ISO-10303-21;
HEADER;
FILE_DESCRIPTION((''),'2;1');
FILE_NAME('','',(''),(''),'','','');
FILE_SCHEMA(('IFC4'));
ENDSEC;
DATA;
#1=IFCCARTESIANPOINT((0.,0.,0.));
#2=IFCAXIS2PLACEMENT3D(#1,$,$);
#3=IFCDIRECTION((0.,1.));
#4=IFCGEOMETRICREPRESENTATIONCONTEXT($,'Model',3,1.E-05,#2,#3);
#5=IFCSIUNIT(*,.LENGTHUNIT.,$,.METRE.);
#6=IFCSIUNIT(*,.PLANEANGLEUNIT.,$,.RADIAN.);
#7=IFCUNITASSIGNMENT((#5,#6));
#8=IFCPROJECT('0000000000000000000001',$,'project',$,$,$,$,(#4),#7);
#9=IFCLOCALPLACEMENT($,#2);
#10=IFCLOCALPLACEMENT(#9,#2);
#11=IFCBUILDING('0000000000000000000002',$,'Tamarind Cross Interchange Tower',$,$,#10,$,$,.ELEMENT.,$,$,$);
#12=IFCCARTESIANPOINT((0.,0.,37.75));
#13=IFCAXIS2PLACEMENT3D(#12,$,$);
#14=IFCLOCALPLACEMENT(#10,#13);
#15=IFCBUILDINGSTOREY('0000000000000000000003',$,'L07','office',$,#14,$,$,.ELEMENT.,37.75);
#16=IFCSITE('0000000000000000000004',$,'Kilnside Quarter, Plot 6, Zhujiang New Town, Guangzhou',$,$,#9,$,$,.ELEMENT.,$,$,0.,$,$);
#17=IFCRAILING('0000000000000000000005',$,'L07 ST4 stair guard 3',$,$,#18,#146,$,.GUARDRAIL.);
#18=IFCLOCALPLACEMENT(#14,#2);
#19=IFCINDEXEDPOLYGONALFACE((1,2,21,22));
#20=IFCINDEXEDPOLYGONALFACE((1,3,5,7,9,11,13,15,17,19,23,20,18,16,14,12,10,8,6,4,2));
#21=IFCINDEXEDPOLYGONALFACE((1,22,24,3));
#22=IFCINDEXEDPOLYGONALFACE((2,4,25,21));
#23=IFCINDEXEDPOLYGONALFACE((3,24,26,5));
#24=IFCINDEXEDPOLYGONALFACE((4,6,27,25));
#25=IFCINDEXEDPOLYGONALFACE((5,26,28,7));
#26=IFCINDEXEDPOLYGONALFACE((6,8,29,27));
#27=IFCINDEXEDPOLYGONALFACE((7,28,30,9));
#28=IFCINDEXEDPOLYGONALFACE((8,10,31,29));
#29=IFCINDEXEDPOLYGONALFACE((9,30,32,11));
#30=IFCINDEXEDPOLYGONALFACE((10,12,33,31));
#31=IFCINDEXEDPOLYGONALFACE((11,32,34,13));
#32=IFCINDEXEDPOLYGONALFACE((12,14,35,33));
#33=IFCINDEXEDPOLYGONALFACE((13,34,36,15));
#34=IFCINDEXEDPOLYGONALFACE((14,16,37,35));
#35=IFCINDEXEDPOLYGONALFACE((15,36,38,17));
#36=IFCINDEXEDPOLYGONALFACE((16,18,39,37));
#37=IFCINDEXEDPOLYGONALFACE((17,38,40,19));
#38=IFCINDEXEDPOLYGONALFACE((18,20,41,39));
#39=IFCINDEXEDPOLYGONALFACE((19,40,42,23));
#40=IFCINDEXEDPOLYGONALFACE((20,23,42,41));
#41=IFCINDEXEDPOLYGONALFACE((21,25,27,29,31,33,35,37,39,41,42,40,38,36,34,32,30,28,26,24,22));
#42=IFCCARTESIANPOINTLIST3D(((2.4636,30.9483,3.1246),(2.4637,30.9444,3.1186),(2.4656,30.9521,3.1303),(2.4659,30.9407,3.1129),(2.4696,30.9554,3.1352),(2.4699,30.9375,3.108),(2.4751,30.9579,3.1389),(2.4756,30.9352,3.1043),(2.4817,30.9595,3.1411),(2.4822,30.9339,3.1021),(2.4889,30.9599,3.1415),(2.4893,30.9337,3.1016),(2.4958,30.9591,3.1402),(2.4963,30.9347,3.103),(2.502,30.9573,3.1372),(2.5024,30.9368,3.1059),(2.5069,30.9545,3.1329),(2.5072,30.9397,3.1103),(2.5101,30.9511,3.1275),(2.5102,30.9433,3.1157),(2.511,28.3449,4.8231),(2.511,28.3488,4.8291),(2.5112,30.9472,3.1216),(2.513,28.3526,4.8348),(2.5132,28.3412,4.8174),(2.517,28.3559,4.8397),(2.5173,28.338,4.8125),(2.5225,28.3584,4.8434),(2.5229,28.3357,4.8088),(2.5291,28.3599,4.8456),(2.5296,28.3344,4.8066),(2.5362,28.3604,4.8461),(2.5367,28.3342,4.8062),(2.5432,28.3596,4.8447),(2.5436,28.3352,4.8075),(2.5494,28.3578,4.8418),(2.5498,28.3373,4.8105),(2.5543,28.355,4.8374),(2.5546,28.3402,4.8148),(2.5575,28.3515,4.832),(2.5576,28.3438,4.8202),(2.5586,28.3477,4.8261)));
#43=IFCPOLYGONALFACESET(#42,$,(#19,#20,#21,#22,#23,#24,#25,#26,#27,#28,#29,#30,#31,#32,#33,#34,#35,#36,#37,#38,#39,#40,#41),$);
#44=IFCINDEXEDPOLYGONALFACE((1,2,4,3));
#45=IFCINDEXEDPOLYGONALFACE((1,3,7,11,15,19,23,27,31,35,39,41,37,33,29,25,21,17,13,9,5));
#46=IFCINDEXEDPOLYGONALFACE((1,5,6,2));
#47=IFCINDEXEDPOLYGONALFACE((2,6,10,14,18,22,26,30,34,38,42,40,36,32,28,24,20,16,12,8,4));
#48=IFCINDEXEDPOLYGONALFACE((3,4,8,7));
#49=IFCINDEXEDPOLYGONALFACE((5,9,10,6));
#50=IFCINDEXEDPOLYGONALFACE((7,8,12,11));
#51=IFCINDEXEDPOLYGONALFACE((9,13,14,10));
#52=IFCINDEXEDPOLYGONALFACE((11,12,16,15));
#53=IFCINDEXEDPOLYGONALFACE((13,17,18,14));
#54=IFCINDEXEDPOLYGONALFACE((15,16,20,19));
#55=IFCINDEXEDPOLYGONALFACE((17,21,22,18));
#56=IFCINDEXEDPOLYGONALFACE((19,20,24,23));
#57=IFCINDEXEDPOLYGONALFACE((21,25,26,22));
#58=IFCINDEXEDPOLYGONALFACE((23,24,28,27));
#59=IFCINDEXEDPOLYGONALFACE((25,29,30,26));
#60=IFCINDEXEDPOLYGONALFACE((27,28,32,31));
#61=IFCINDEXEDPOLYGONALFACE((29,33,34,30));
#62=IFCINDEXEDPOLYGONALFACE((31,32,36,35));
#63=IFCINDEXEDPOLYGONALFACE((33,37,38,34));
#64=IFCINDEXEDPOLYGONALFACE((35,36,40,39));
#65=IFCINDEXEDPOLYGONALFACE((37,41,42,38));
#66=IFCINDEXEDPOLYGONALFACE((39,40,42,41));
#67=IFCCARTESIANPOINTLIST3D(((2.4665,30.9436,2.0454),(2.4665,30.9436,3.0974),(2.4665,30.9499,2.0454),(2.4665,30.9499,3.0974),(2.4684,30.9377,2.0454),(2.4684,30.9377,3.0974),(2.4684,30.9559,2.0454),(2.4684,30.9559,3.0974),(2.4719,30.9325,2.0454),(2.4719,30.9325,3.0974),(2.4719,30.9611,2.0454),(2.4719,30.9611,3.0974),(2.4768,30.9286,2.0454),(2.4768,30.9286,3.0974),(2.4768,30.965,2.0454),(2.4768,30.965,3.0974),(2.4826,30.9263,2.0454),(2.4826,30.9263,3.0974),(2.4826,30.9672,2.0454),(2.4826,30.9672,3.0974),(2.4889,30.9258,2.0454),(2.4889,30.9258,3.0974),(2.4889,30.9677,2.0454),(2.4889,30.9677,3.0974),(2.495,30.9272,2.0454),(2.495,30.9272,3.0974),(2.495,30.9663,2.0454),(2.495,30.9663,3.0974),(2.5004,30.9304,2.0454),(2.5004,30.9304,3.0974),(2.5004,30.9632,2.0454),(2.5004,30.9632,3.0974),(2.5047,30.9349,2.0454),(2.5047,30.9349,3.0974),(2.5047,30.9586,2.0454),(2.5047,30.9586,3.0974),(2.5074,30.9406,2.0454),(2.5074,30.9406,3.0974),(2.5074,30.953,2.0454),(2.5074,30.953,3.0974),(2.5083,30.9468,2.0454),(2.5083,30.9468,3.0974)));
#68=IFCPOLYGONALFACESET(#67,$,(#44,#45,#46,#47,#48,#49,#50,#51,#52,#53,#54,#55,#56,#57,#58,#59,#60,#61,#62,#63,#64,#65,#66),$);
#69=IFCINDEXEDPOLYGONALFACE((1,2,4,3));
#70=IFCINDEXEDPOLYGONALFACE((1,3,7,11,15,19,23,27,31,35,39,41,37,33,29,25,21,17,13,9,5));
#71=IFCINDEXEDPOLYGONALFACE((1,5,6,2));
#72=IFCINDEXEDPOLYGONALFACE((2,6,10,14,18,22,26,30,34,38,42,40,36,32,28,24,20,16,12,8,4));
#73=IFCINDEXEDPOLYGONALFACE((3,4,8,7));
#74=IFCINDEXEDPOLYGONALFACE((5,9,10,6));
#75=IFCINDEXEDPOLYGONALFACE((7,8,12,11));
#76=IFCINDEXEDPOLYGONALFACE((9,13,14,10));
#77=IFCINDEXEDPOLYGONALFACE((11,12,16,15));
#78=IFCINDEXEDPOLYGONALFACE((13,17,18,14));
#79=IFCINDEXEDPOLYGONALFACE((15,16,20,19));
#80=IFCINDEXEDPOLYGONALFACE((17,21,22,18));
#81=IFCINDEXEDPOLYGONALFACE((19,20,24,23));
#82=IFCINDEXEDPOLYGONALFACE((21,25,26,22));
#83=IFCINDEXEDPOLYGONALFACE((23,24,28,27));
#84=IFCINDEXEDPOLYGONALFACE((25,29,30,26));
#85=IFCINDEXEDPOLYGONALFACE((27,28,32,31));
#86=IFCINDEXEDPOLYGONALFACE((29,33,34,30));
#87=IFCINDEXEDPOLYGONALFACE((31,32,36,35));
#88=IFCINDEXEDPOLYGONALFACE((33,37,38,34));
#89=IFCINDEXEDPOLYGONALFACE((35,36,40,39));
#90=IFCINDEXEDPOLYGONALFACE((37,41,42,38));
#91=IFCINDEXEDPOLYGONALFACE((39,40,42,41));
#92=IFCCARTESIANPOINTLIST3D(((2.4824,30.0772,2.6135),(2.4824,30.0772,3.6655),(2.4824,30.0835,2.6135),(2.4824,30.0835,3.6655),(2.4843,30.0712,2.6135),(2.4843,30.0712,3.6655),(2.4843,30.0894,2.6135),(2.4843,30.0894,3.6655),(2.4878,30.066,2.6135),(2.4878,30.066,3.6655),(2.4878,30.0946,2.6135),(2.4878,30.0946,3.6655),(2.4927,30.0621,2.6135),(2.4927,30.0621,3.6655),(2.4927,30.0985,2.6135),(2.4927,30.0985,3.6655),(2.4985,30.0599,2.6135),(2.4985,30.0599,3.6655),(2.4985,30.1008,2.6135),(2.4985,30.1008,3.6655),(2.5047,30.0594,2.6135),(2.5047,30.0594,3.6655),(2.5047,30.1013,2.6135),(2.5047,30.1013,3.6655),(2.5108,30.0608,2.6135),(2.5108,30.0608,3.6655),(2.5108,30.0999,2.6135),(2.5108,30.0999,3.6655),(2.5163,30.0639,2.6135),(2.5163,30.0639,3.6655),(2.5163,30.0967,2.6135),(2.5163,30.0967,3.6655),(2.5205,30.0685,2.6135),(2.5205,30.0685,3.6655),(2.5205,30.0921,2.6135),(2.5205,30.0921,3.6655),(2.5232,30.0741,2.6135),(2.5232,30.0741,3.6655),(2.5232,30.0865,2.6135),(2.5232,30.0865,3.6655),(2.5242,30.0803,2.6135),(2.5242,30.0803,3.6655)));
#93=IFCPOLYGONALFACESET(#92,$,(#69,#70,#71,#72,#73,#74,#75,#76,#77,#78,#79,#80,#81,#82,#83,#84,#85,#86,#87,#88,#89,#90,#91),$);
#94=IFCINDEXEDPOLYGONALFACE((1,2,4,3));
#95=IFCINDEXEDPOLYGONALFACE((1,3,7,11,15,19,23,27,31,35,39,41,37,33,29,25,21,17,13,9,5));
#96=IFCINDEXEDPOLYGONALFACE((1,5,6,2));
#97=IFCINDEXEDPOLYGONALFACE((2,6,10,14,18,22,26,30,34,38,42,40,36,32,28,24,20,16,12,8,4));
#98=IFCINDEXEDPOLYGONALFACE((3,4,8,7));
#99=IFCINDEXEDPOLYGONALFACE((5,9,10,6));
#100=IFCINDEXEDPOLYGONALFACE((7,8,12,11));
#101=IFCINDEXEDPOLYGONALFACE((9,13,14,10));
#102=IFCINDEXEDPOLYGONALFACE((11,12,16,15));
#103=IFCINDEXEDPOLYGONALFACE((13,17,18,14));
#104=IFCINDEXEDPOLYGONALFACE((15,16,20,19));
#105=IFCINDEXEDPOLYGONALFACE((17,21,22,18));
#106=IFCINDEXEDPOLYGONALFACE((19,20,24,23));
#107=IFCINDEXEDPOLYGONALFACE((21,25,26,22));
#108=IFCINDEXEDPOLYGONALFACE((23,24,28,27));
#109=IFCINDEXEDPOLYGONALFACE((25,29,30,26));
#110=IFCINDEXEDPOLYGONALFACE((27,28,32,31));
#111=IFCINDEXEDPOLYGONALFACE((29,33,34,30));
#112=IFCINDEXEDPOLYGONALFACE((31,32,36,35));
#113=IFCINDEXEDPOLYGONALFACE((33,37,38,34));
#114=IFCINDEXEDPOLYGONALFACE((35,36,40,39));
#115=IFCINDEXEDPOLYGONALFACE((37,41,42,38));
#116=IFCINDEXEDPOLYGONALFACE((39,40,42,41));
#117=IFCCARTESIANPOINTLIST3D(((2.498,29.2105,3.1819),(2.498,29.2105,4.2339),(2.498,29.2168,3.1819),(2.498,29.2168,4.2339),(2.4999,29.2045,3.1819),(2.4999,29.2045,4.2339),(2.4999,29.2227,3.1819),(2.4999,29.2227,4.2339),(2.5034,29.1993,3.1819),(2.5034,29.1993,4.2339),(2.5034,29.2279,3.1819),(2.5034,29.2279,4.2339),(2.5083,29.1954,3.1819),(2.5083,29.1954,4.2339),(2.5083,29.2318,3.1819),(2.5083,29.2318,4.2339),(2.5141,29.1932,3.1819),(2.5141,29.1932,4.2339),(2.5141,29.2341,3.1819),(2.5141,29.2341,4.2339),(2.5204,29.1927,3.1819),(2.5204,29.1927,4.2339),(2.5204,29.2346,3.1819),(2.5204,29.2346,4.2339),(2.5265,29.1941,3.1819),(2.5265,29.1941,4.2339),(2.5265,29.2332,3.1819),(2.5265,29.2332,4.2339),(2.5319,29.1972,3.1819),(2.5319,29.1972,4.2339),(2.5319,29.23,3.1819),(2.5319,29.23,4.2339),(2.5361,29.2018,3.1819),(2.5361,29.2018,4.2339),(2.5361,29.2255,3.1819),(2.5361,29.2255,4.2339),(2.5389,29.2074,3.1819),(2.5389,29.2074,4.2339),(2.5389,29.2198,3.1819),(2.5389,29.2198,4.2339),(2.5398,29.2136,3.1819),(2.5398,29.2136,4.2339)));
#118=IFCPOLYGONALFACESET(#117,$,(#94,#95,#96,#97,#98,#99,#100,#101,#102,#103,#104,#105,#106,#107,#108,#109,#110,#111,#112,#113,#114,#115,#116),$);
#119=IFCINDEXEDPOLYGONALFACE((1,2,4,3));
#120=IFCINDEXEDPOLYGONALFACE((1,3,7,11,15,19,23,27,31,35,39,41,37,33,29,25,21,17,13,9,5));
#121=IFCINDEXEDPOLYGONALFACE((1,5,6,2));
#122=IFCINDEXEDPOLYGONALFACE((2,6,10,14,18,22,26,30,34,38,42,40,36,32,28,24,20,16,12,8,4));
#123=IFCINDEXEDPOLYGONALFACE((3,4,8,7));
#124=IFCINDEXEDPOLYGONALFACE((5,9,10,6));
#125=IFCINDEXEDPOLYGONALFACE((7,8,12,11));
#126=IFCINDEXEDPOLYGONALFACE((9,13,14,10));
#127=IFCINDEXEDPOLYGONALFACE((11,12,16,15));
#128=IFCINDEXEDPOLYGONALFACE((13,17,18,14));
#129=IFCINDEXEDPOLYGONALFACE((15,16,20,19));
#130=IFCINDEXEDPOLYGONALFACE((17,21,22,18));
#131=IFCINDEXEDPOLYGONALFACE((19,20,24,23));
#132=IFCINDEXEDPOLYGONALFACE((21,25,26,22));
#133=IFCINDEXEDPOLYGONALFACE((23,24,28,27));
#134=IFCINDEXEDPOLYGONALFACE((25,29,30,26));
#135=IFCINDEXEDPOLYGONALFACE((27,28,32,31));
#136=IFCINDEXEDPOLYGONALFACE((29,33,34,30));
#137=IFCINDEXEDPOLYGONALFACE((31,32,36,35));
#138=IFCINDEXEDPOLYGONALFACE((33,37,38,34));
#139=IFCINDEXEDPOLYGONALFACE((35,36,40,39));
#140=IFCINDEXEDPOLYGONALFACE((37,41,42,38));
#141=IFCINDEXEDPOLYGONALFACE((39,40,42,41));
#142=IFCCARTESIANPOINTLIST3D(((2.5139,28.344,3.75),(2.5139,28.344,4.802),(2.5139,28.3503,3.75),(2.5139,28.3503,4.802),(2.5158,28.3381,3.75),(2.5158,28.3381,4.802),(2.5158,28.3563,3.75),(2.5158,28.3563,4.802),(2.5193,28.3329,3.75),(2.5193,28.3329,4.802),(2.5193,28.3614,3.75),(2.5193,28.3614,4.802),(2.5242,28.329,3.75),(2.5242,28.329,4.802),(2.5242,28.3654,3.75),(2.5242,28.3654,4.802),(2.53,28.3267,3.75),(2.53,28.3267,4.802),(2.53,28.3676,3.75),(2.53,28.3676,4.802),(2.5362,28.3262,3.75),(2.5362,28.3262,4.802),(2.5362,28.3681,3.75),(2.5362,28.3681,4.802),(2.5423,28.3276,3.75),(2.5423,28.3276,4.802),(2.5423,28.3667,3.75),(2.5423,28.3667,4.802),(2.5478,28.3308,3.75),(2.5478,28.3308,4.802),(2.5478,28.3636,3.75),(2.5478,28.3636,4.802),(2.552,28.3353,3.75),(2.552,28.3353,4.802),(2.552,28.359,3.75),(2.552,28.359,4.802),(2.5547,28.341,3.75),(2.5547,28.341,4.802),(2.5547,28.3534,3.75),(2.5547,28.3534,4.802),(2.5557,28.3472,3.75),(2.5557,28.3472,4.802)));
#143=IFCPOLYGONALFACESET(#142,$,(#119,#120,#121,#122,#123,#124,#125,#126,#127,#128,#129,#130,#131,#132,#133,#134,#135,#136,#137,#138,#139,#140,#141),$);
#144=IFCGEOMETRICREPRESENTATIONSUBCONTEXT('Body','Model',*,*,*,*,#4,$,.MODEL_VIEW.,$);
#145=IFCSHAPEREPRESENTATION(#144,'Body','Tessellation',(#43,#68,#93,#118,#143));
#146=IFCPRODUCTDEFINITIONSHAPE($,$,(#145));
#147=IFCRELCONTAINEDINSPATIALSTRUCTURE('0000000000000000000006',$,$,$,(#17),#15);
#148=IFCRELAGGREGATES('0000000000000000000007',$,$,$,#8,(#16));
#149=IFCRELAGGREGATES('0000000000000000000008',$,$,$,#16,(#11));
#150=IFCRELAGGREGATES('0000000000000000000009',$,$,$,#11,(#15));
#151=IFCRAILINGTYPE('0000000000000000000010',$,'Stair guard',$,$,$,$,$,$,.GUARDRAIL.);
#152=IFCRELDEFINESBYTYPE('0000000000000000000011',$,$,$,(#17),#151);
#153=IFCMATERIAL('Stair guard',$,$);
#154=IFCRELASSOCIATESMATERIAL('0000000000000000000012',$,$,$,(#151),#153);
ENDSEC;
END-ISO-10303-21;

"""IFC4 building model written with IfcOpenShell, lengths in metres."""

from ifc_helpers import new_model, si_unit, direction, frame, origin, origin_2d, place, context, subcontext, project, spatial, circle, extrude, material, type_object, element, save


model = new_model("IFC4")

# Units and contexts
model_context = context("Model", 3, precision=1e-05, world=origin(), true_north=direction((0.0, 1.0)))
body_context = subcontext(model_context, "Body", "Model", "MODEL_VIEW")
ifc_project = project(units=[si_unit("LENGTHUNIT", "METRE"), si_unit("PLANEANGLEUNIT", "RADIAN")], contexts=[model_context])

# Site, building, storey
site_placement = place(None, origin())
site = spatial("IfcSite", under=ifc_project, at=site_placement, Name="Kilnside Quarter, Plot 6, Zhujiang New Town, Guangzhou", CompositionType="ELEMENT", RefElevation=0.0)
building_placement = place(site_placement, origin())
building = spatial("IfcBuilding", under=site, at=building_placement, Name="Tamarind Cross Interchange Tower", CompositionType="ELEMENT")
storey_placement = place(building_placement, frame((0.0, 0.0, 37.75)))
storey = spatial("IfcBuildingStorey", under=building, at=storey_placement, Name="L07", Description="office", CompositionType="ELEMENT", Elevation=37.75)

# Railing
ifc_material_1 = material(Name="Stair guard")
railing_type_1 = type_object("IfcRailingType", Name="Stair guard", PredefinedType="GUARDRAIL", material=ifc_material_1)
railing_1_placement = place(storey_placement, frame((2.4873, 30.9468, 2.0454)))
element("IfcRailing", 1, at=railing_1_placement, inside=storey, type_object=railing_type_1, Name="L07 ST4 stair guard 3", PredefinedType="GUARDRAIL", context=body_context, shape_type="SweptSolid", body=[
    extrude(circle(Radius=0.0239, at=origin_2d()), frame((0.0, 0.0, 1.0762), z_axis=(0.015234, -0.836158, 0.548277), x_axis=(0.999834, 0.018216, 0.0)), (0.0, 0.0, 1.0), 3.1089),
    extrude(circle(Radius=0.021, at=origin_2d()), origin(), (0.0, 0.0, 1.0), 1.052),
    extrude(circle(Radius=0.021, at=origin_2d()), frame((0.0159, -0.8665, 0.5681)), (0.0, 0.0, 1.0), 1.052),
    extrude(circle(Radius=0.021, at=origin_2d()), frame((0.0315, -1.7332, 1.1365)), (0.0, 0.0, 1.0), 1.052),
    extrude(circle(Radius=0.021, at=origin_2d()), frame((0.0474, -2.5996, 1.7046)), (0.0, 0.0, 1.0), 1.052),
])

save(model, "model.ifc")
